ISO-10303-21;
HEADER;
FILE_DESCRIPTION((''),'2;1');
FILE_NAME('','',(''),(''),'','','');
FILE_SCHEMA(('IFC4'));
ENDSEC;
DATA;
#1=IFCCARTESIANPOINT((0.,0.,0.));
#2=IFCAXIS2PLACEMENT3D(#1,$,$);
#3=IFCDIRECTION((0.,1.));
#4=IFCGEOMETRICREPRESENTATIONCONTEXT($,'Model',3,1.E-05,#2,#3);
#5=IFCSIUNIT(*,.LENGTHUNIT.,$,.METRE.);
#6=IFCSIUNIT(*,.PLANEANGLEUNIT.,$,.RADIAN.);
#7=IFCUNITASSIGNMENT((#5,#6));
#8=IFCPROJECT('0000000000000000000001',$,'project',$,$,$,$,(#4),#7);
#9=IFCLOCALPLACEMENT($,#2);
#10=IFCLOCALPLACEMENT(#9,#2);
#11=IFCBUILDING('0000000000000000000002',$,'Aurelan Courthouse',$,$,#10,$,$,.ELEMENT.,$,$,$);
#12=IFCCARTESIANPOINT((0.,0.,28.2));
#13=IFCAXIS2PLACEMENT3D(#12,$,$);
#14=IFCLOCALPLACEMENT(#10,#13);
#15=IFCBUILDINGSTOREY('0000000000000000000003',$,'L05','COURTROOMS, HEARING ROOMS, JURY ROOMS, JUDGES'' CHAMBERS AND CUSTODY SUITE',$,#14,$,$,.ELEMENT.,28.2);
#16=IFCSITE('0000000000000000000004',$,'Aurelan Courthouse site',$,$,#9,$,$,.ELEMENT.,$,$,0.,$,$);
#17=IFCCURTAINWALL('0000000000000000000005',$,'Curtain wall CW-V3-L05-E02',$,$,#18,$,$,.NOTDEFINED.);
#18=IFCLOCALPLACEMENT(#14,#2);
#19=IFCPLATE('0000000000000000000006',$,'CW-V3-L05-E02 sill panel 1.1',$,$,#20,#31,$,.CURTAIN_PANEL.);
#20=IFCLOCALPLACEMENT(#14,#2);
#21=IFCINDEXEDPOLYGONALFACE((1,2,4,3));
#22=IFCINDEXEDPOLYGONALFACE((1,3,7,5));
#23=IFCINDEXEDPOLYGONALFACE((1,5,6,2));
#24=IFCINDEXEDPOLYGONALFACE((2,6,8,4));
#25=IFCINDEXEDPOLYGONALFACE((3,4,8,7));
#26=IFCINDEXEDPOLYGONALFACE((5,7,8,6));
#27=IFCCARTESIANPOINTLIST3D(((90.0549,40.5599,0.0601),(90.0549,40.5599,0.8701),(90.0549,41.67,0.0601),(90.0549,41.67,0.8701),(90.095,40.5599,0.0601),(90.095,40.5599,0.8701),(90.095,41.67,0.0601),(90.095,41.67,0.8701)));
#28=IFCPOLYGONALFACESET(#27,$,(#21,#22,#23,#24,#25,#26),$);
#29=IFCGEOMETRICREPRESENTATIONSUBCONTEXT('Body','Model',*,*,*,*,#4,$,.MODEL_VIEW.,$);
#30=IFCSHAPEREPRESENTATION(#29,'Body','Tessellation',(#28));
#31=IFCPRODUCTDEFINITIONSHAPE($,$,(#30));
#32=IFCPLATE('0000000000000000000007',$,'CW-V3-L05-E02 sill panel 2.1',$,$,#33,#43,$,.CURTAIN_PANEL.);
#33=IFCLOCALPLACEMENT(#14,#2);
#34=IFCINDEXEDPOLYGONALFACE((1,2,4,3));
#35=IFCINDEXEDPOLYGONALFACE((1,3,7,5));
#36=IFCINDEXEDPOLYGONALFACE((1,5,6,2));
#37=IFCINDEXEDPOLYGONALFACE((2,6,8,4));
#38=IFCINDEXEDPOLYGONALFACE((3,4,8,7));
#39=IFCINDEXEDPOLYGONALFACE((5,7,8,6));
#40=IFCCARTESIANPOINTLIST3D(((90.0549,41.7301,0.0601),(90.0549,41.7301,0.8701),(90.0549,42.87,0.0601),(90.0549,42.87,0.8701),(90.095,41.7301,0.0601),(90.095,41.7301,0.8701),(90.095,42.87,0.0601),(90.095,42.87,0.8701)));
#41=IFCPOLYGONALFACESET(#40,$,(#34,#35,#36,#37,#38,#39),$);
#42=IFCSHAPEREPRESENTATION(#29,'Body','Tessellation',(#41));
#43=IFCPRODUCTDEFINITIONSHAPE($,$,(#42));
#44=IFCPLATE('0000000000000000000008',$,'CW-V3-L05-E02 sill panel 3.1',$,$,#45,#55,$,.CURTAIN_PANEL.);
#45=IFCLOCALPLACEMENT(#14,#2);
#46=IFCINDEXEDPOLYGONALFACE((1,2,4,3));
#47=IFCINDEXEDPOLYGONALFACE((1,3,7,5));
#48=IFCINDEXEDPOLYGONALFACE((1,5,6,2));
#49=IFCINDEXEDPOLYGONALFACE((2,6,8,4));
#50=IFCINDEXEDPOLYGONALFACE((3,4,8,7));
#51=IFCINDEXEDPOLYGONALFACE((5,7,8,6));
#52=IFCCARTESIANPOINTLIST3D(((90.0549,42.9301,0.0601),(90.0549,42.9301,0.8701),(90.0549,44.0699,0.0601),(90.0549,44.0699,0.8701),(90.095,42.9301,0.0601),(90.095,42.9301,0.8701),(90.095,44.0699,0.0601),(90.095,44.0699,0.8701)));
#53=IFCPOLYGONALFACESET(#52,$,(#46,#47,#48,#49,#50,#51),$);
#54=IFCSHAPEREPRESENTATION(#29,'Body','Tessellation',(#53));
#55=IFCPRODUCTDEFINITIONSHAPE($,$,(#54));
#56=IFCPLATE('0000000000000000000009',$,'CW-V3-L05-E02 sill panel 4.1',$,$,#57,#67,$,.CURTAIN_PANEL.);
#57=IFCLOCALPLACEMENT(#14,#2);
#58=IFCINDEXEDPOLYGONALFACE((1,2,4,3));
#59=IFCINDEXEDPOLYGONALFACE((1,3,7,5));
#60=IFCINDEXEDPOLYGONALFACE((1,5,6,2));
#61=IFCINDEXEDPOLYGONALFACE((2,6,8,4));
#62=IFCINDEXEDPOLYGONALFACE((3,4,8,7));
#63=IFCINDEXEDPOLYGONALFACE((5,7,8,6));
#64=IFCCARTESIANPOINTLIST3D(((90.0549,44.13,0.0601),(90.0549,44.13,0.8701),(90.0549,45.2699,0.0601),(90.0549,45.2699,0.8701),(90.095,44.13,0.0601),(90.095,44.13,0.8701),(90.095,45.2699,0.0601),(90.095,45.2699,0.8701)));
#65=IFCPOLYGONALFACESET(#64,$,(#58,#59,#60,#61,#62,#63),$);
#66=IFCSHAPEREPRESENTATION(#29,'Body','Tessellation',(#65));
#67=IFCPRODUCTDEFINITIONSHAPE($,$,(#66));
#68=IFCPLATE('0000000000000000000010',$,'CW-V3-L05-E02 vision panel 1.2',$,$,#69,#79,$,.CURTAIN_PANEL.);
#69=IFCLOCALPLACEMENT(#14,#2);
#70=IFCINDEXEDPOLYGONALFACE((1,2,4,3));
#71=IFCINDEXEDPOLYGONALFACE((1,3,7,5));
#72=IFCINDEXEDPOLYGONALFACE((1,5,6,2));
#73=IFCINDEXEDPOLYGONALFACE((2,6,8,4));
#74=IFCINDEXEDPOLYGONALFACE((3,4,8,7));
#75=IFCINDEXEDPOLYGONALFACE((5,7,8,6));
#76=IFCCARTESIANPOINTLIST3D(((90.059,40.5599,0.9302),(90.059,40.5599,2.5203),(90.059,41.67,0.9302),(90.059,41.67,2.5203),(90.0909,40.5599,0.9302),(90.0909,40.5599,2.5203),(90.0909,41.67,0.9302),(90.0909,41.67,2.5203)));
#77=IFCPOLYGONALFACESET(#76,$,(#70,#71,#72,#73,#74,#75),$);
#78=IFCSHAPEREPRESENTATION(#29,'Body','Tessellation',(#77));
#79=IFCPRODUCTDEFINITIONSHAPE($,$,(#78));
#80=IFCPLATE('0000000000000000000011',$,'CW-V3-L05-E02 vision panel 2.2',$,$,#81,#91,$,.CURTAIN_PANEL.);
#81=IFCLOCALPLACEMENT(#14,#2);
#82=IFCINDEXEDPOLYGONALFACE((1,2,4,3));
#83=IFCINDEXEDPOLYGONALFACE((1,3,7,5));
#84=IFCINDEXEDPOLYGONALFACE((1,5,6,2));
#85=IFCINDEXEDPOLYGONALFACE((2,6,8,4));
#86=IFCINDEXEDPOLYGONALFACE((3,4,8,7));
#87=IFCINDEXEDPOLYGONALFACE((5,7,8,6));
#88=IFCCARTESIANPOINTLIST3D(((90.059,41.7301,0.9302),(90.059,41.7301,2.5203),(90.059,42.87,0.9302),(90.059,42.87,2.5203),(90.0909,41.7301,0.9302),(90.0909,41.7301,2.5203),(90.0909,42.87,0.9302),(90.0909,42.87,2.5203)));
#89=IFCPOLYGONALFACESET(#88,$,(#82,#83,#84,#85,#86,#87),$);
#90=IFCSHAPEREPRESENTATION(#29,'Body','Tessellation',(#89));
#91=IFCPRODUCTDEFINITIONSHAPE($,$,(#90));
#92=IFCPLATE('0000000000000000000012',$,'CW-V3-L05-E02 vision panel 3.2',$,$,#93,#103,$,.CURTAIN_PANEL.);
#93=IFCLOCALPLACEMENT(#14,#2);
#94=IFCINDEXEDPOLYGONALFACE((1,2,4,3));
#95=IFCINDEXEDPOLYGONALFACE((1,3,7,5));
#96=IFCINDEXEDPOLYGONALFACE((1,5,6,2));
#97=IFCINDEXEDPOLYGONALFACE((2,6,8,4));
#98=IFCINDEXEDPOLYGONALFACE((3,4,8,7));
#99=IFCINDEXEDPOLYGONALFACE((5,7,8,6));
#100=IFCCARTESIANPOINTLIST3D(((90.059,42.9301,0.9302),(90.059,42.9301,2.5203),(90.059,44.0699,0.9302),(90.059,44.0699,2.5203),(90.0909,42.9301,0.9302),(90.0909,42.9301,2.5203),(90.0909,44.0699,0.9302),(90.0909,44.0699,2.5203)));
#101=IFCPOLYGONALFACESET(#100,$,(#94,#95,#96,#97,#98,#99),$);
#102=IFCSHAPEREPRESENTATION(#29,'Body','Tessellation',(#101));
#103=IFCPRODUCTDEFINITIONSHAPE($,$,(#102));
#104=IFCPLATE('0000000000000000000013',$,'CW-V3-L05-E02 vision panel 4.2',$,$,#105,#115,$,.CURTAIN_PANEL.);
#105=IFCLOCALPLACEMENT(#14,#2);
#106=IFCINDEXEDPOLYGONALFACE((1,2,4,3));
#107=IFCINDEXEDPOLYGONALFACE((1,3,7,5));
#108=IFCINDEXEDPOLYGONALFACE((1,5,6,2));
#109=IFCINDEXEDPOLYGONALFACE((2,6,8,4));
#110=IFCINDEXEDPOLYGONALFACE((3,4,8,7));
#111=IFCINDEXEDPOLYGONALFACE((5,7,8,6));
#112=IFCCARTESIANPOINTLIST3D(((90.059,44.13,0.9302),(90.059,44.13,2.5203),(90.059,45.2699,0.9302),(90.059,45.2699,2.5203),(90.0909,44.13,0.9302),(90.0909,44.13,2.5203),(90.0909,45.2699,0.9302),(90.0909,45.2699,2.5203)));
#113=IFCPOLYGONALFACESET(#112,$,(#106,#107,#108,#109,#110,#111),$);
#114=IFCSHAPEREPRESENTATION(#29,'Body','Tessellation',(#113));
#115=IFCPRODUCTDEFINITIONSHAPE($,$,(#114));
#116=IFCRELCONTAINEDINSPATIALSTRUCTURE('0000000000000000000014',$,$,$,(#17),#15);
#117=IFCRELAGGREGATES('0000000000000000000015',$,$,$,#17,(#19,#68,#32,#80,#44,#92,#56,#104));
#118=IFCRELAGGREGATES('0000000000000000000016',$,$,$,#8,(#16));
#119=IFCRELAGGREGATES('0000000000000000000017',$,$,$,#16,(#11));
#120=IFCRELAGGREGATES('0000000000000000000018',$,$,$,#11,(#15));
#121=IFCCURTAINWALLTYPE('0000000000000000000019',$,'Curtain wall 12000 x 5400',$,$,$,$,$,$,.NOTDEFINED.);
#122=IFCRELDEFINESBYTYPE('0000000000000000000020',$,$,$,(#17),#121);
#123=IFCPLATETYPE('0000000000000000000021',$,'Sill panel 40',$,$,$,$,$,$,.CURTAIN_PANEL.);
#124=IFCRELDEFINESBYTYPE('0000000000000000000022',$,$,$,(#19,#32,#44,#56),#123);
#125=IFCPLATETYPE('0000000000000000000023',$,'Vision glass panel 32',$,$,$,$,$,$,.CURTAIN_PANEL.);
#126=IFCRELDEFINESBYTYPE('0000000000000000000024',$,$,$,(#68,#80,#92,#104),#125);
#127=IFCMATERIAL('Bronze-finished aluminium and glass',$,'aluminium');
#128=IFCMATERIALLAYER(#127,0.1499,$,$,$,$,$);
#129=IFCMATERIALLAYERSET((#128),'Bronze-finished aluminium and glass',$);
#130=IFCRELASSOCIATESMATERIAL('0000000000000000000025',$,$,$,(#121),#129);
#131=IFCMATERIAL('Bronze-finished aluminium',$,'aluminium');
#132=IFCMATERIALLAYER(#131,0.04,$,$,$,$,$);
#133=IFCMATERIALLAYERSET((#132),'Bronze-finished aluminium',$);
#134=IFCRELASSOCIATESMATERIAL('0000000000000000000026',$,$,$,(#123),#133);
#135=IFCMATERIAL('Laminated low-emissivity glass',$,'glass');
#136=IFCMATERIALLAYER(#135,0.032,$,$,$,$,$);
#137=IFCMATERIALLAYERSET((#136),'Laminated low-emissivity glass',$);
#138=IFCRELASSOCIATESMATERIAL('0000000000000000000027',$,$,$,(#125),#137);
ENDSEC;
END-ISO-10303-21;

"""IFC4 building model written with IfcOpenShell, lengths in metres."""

from ifc_helpers import new_model, si_unit, direction, frame, origin, origin_2d, place, context, subcontext, project, spatial, rectangle, extrude, material, layer, layer_set, type_object, element, aggregate, save


model = new_model("IFC4")

# Units and contexts
model_context = context("Model", 3, precision=1e-05, world=origin(), true_north=direction((0.0, 1.0)))
body_context = subcontext(model_context, "Body", "Model", "MODEL_VIEW")
ifc_project = project(units=[si_unit("LENGTHUNIT", "METRE"), si_unit("PLANEANGLEUNIT", "RADIAN")], contexts=[model_context])

# Site, building, storey
site_placement = place(None, origin())
site = spatial("IfcSite", under=ifc_project, at=site_placement, Name="Aurelan Courthouse site", CompositionType="ELEMENT", RefElevation=0.0)
building_placement = place(site_placement, origin())
building = spatial("IfcBuilding", under=site, at=building_placement, Name="Aurelan Courthouse", CompositionType="ELEMENT")
storey_placement = place(building_placement, frame((0.0, 0.0, 28.2)))
storey = spatial("IfcBuildingStorey", under=building, at=storey_placement, Name="L05", Description="COURTROOMS, HEARING ROOMS, JURY ROOMS, JUDGES' CHAMBERS AND CUSTODY SUITE", CompositionType="ELEMENT", Elevation=28.2)

# Curtain wall, plates
ifc_material_1 = material(Name="Bronze-finished aluminium and glass", Category="aluminium")
ifc_layer_1 = layer(ifc_material_1, 0.1499)
ifc_layer_set_1 = layer_set([ifc_layer_1], Name="Bronze-finished aluminium and glass")
curtain_wall_type = type_object("IfcCurtainWallType", Name="Curtain wall 12000 x 5400", PredefinedType="NOTDEFINED", material=ifc_layer_set_1)
curtain_wall_placement = place(storey_placement, origin())
curtain_wall = element("IfcCurtainWall", 1, at=curtain_wall_placement, inside=storey, type_object=curtain_wall_type, Name="Curtain wall CW-V3-L05-E02", PredefinedType="NOTDEFINED")
ifc_material_2 = material(Name="Bronze-finished aluminium", Category="aluminium")
ifc_layer_2 = layer(ifc_material_2, 0.04)
ifc_layer_set_2 = layer_set([ifc_layer_2], Name="Bronze-finished aluminium")
plate_type_1 = type_object("IfcPlateType", Name="Sill panel 40", PredefinedType="CURTAIN_PANEL", material=ifc_layer_set_2)
plate_1_placement = place(storey_placement, frame((90.075, 41.115, 0.0601), z_axis=(0.0, 0.0, 1.0), x_axis=(0.0, 1.0, 0.0)))
plate_1 = element("IfcPlate", 2, at=plate_1_placement, type_object=plate_type_1, Name="CW-V3-L05-E02 sill panel 1.1", PredefinedType="CURTAIN_PANEL", context=body_context, shape_type="SweptSolid", body=[
    extrude(rectangle(XDim=1.1101, YDim=0.04, at=origin_2d()), origin(), (0.0, 0.0, 1.0), 0.8101),
])
plate_2_placement = place(storey_placement, frame((90.075, 42.3, 0.0601), z_axis=(0.0, 0.0, 1.0), x_axis=(0.0, 1.0, 0.0)))
plate_2 = element("IfcPlate", 3, at=plate_2_placement, type_object=plate_type_1, Name="CW-V3-L05-E02 sill panel 2.1", PredefinedType="CURTAIN_PANEL", context=body_context, shape_type="SweptSolid", body=[
    extrude(rectangle(XDim=1.1399, YDim=0.04, at=origin_2d()), origin(), (0.0, 0.0, 1.0), 0.8101),
])
plate_3_placement = place(storey_placement, frame((90.075, 43.5, 0.0601), z_axis=(0.0, 0.0, 1.0), x_axis=(0.0, 1.0, 0.0)))
plate_3 = element("IfcPlate", 4, at=plate_3_placement, type_object=plate_type_1, Name="CW-V3-L05-E02 sill panel 3.1", PredefinedType="CURTAIN_PANEL", context=body_context, shape_type="SweptSolid", body=[
    extrude(rectangle(XDim=1.1399, YDim=0.04, at=origin_2d()), origin(), (0.0, 0.0, 1.0), 0.8101),
])
plate_4_placement = place(storey_placement, frame((90.075, 44.7, 0.0601), z_axis=(0.0, 0.0, 1.0), x_axis=(0.0, 1.0, 0.0)))
plate_4 = element("IfcPlate", 5, at=plate_4_placement, type_object=plate_type_1, Name="CW-V3-L05-E02 sill panel 4.1", PredefinedType="CURTAIN_PANEL", context=body_context, shape_type="SweptSolid", body=[
    extrude(rectangle(XDim=1.1399, YDim=0.04, at=origin_2d()), origin(), (0.0, 0.0, 1.0), 0.8101),
])
ifc_material_3 = material(Name="Laminated low-emissivity glass", Category="glass")
ifc_layer_3 = layer(ifc_material_3, 0.032)
ifc_layer_set_3 = layer_set([ifc_layer_3], Name="Laminated low-emissivity glass")
plate_type_2 = type_object("IfcPlateType", Name="Vision glass panel 32", PredefinedType="CURTAIN_PANEL", material=ifc_layer_set_3)
plate_5_placement = place(storey_placement, frame((90.075, 41.115, 0.9302), z_axis=(0.0, 0.0, 1.0), x_axis=(0.0, 1.0, 0.0)))
plate_5 = element("IfcPlate", 6, at=plate_5_placement, type_object=plate_type_2, Name="CW-V3-L05-E02 vision panel 1.2", PredefinedType="CURTAIN_PANEL", context=body_context, shape_type="SweptSolid", body=[
    extrude(rectangle(XDim=1.1101, YDim=0.032, at=origin_2d()), origin(), (0.0, 0.0, 1.0), 1.5901),
])
plate_6_placement = place(storey_placement, frame((90.075, 42.3, 0.9302), z_axis=(0.0, 0.0, 1.0), x_axis=(0.0, 1.0, 0.0)))
plate_6 = element("IfcPlate", 7, at=plate_6_placement, type_object=plate_type_2, Name="CW-V3-L05-E02 vision panel 2.2", PredefinedType="CURTAIN_PANEL", context=body_context, shape_type="SweptSolid", body=[
    extrude(rectangle(XDim=1.1399, YDim=0.032, at=origin_2d()), origin(), (0.0, 0.0, 1.0), 1.5901),
])
plate_7_placement = place(storey_placement, frame((90.075, 43.5, 0.9302), z_axis=(0.0, 0.0, 1.0), x_axis=(0.0, 1.0, 0.0)))
plate_7 = element("IfcPlate", 8, at=plate_7_placement, type_object=plate_type_2, Name="CW-V3-L05-E02 vision panel 3.2", PredefinedType="CURTAIN_PANEL", context=body_context, shape_type="SweptSolid", body=[
    extrude(rectangle(XDim=1.1399, YDim=0.032, at=origin_2d()), origin(), (0.0, 0.0, 1.0), 1.5901),
])
plate_8_placement = place(storey_placement, frame((90.075, 44.7, 0.9302), z_axis=(0.0, 0.0, 1.0), x_axis=(0.0, 1.0, 0.0)))
plate_8 = element("IfcPlate", 9, at=plate_8_placement, type_object=plate_type_2, Name="CW-V3-L05-E02 vision panel 4.2", PredefinedType="CURTAIN_PANEL", context=body_context, shape_type="SweptSolid", body=[
    extrude(rectangle(XDim=1.1399, YDim=0.032, at=origin_2d()), origin(), (0.0, 0.0, 1.0), 1.5901),
])
aggregate(curtain_wall, [plate_1, plate_5, plate_2, plate_6, plate_3, plate_7, plate_4, plate_8])

save(model, "model.ifc")
